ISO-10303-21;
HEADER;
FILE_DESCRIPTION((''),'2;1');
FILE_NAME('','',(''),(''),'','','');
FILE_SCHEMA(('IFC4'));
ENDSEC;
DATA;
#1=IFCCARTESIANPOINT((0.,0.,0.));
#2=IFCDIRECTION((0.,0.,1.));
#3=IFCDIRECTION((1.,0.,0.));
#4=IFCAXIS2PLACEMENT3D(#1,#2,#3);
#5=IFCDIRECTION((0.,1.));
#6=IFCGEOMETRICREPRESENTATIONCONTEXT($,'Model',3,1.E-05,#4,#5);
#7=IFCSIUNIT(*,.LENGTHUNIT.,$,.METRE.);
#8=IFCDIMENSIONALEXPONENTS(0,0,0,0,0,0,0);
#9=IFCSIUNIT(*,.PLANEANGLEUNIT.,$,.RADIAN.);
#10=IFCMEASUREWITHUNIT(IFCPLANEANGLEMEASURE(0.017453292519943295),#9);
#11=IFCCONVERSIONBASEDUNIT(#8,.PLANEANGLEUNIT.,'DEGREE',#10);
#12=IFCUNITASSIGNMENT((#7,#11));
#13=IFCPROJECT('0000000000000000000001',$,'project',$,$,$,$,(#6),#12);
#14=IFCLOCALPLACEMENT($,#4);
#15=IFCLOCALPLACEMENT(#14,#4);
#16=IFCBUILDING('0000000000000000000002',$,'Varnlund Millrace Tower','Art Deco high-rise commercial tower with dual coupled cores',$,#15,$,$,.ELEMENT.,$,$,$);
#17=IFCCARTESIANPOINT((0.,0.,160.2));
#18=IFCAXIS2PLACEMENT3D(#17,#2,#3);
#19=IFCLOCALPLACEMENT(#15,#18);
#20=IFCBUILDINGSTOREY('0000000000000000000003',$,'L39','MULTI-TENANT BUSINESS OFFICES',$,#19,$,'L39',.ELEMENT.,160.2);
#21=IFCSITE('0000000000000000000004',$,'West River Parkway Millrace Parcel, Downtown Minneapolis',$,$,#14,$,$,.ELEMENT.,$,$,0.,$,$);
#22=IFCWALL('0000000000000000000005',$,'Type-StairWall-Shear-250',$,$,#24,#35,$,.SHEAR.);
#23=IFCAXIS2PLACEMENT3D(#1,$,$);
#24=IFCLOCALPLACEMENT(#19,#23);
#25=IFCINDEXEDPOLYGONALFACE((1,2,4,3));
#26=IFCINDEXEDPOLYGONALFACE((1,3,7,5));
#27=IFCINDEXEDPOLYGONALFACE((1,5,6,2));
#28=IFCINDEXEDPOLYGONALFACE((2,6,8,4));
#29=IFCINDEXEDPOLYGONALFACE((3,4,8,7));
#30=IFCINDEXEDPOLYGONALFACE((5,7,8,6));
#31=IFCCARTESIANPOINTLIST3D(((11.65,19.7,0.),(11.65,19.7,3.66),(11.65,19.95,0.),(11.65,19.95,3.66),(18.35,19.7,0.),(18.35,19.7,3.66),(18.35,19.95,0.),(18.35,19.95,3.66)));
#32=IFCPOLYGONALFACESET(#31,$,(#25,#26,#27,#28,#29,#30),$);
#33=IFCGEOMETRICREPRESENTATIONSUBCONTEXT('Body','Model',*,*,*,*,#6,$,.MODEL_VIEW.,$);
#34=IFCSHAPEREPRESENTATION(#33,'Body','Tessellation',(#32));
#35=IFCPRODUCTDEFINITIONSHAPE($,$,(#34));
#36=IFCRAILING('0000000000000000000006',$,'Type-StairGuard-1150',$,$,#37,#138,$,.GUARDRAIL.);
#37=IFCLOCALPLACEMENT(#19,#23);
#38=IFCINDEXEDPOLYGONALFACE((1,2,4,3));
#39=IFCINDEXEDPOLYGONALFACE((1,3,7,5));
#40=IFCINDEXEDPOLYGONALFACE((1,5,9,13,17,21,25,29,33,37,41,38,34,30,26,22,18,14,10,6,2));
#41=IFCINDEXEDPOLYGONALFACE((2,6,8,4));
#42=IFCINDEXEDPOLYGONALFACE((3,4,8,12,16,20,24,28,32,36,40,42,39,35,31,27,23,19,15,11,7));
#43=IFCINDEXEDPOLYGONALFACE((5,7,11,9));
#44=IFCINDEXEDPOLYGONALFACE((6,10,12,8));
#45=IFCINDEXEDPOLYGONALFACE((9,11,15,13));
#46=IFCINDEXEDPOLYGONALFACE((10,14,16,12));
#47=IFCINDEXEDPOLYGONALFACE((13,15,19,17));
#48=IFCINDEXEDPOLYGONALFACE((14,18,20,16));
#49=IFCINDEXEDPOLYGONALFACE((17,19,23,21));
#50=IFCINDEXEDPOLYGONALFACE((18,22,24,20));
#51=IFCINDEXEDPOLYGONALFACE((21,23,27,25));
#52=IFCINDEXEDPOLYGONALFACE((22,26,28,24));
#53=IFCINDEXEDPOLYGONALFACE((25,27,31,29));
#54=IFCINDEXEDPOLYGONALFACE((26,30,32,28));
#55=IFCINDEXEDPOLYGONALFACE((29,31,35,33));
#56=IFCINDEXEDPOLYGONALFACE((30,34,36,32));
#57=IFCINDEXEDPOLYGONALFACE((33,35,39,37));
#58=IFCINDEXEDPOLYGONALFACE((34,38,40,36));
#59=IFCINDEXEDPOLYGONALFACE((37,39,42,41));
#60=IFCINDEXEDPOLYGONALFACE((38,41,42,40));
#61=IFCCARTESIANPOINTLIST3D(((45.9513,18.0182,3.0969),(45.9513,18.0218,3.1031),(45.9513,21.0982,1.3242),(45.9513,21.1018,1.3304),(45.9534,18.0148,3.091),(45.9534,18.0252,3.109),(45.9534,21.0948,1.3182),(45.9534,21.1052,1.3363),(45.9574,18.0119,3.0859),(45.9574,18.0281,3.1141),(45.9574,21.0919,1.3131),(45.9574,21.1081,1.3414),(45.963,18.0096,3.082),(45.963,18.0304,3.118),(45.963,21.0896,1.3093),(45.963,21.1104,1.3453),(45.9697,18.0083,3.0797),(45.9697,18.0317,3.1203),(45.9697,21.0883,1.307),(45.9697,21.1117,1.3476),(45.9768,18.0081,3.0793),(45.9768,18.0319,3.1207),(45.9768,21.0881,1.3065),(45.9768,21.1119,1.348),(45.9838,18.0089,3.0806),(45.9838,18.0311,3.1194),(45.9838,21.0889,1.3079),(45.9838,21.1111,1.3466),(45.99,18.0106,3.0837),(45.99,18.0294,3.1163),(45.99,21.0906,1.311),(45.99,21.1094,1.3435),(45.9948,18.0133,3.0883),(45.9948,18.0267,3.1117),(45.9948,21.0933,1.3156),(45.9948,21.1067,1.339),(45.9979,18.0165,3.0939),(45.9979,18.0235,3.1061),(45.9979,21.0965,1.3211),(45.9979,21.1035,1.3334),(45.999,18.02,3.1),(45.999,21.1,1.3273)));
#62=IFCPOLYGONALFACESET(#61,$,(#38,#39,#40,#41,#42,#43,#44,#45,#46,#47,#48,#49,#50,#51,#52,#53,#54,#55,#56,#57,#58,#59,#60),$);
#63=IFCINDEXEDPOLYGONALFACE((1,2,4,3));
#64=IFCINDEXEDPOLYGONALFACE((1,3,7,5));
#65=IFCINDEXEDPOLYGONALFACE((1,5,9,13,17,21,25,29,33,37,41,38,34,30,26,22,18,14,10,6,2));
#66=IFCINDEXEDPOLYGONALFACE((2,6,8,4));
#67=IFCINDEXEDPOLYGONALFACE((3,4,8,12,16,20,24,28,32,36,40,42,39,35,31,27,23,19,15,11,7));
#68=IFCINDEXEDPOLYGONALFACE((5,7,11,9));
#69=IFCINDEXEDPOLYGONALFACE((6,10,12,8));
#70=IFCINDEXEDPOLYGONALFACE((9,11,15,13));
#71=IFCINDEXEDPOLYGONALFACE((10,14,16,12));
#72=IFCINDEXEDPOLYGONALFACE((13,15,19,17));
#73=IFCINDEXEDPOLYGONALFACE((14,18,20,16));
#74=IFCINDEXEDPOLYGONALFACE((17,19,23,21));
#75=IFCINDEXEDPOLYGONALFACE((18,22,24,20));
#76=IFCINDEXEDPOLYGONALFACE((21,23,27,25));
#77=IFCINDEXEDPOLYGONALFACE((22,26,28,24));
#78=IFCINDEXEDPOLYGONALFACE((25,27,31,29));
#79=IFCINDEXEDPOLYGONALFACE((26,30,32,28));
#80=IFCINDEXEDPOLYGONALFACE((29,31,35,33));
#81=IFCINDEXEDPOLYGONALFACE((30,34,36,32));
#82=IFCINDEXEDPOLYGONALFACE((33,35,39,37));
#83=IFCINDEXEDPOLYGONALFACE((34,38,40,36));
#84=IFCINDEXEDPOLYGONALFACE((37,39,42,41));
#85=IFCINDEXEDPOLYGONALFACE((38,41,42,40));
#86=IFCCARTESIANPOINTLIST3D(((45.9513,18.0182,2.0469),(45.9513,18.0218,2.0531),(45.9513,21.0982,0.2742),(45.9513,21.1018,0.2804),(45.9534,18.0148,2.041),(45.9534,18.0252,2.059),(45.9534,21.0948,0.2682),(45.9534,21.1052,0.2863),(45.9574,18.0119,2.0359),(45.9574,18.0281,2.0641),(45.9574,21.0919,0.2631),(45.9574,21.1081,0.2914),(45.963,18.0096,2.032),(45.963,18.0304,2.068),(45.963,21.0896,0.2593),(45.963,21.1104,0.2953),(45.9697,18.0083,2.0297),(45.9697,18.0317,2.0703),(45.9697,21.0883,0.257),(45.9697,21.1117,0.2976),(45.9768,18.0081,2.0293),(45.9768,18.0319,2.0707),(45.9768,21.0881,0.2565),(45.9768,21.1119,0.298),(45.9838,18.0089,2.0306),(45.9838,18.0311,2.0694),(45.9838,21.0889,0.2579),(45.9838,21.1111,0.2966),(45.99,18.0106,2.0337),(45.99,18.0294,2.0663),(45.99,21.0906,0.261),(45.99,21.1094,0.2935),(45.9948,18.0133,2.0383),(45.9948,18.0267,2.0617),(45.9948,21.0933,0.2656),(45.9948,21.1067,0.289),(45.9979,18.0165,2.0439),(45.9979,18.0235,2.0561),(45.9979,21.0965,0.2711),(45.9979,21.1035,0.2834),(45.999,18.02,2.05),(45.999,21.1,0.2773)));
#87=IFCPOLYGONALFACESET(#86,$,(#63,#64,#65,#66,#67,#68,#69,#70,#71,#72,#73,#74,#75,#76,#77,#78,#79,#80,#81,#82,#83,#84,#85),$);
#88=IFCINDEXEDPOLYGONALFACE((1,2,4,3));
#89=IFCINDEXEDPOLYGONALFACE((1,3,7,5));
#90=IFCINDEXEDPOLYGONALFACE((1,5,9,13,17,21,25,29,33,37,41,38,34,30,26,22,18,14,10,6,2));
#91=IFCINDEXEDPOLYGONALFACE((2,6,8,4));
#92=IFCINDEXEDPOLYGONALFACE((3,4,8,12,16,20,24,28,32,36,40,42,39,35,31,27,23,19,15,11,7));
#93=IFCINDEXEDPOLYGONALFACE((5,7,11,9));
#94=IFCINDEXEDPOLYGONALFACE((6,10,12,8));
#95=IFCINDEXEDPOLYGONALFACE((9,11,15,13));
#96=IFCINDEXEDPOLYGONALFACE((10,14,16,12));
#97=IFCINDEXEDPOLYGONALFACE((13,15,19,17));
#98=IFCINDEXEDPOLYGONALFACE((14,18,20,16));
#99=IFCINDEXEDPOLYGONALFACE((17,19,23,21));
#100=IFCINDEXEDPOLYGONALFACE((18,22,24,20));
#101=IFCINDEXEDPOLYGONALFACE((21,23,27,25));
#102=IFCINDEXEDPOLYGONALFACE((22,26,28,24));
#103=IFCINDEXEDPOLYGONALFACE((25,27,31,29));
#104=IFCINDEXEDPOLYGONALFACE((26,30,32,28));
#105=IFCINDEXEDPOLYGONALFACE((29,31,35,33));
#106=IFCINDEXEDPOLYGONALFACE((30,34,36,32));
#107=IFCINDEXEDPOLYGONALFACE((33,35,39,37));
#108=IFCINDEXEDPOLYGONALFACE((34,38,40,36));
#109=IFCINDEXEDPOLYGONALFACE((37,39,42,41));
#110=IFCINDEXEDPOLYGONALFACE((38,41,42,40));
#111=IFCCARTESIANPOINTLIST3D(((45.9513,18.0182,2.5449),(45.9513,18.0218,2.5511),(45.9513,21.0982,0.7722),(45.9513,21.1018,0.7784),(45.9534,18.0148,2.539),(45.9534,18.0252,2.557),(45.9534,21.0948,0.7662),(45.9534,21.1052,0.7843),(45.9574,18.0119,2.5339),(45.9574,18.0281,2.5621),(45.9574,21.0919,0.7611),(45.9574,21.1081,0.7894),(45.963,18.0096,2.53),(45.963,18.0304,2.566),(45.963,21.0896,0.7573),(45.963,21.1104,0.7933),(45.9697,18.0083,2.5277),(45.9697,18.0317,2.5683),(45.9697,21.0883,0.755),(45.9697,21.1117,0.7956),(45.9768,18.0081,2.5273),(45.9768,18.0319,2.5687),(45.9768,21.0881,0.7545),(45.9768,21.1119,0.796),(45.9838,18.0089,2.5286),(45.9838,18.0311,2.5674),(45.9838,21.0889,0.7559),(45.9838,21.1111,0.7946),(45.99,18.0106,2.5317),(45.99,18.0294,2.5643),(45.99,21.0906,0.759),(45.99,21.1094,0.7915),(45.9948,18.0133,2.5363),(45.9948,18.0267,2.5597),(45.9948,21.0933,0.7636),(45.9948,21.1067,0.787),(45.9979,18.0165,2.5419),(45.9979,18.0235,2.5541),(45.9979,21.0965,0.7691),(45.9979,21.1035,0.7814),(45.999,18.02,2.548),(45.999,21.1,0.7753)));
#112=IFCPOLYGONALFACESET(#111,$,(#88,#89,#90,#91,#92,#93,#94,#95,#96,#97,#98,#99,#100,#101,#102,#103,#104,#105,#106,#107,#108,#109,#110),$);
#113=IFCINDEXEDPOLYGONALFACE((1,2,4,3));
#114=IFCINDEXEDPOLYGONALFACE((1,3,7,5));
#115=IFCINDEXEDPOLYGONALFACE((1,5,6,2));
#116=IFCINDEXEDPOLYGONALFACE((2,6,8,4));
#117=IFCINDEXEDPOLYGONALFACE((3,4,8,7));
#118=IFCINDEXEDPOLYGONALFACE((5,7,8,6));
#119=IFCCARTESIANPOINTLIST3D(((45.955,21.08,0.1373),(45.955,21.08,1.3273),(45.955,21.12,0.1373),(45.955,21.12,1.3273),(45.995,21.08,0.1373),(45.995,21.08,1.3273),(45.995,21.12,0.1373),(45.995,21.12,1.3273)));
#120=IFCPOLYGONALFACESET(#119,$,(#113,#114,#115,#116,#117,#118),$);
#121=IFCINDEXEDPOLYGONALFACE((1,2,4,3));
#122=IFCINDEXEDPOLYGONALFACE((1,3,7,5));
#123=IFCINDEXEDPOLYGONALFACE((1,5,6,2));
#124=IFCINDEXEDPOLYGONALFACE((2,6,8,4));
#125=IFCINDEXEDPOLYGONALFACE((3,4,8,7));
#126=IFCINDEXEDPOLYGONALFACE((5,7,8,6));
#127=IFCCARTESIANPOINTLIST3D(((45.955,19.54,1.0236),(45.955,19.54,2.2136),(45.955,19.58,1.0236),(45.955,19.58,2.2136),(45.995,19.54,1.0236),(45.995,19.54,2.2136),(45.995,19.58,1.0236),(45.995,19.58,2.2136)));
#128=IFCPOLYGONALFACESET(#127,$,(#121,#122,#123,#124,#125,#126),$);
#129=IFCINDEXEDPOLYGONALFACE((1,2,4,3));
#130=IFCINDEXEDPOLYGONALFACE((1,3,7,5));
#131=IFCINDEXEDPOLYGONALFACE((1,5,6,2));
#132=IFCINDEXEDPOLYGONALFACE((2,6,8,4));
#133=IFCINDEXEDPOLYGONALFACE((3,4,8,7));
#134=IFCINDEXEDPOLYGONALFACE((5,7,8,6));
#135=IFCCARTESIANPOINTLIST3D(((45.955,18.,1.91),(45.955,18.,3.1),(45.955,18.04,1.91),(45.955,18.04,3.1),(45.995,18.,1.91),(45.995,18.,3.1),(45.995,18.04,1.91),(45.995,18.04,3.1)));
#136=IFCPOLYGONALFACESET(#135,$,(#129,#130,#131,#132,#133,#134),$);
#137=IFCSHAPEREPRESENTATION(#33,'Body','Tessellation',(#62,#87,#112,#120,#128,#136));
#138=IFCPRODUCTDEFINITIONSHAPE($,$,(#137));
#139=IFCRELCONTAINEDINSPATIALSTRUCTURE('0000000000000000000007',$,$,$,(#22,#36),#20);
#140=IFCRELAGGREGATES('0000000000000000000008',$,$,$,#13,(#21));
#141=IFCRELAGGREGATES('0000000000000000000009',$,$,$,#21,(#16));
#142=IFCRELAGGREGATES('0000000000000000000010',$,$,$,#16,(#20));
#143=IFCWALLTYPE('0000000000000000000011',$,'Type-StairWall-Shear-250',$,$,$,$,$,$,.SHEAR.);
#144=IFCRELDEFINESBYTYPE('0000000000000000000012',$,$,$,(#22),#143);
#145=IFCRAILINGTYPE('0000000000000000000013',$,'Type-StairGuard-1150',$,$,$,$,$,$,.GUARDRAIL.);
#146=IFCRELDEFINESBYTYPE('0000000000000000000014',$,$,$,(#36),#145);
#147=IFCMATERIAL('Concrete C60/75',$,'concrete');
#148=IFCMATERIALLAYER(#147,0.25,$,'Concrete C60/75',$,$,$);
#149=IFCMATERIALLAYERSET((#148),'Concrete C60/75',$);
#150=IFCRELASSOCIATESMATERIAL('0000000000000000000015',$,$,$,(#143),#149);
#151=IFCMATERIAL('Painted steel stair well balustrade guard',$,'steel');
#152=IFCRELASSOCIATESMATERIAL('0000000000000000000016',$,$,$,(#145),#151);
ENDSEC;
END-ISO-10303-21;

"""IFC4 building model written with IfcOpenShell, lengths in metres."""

from ifc_helpers import new_model, entity, si_unit, converted_unit, direction, frame, origin_with_axes, origin_2d_with_axis, place, context, subcontext, project, spatial, polyline, rectangle, circle, outline, extrude, material, layer, layer_set, type_object, element, save


model = new_model("IFC4")

# Units and contexts
model_context = context("Model", 3, precision=1e-05, world=origin_with_axes(), true_north=direction((0.0, 1.0)))
body_context = subcontext(model_context, "Body", "Model", "MODEL_VIEW")
ifc_project = project(units=[si_unit("LENGTHUNIT", "METRE"), converted_unit("PLANEANGLEUNIT", "DEGREE", entity("IfcPlaneAngleMeasure", 0.017453292519943295), si_unit("PLANEANGLEUNIT", "RADIAN"), dimensions=[0, 0, 0, 0, 0, 0, 0])], contexts=[model_context])

# Site, building, storey
site_placement = place(None, origin_with_axes())
site = spatial("IfcSite", under=ifc_project, at=site_placement, Name="West River Parkway Millrace Parcel, Downtown Minneapolis", CompositionType="ELEMENT", RefElevation=0.0)
building_placement = place(site_placement, origin_with_axes())
building = spatial("IfcBuilding", under=site, at=building_placement, Name="Varnlund Millrace Tower", Description="Art Deco high-rise commercial tower with dual coupled cores", CompositionType="ELEMENT")
storey_placement = place(building_placement, frame((0.0, 0.0, 160.2), z_axis=(0.0, 0.0, 1.0), x_axis=(1.0, 0.0, 0.0)))
storey = spatial("IfcBuildingStorey", under=building, at=storey_placement, Name="L39", Description="MULTI-TENANT BUSINESS OFFICES", LongName="L39", CompositionType="ELEMENT", Elevation=160.2)

# Shared definitions
ifc_material_1 = material(Name="Concrete C60/75", Category="concrete")

# Wall
ifc_layer_1 = layer(ifc_material_1, 0.25, Name="Concrete C60/75")
ifc_layer_set_1 = layer_set([ifc_layer_1], Name="Concrete C60/75")
wall_type_1 = type_object("IfcWallType", Name="Type-StairWall-Shear-250", PredefinedType="SHEAR", material=ifc_layer_set_1)
wall_1_placement = place(storey_placement, frame((11.65, 19.825, 0.0), z_axis=(0.0, 0.0, 1.0), x_axis=(1.0, 0.0, 0.0)))
element("IfcWall", 1, at=wall_1_placement, inside=storey, type_object=wall_type_1, Name="Type-StairWall-Shear-250", PredefinedType="SHEAR", context=body_context, shape_type="SweptSolid", body=[
    extrude(outline(polyline([(0.0, -0.125), (6.7, -0.125), (6.7, 0.125), (0.0, 0.125), (0.0, -0.125)])), origin_with_axes(), (0.0, 0.0, 1.0), 3.66),
])

# Railing
ifc_material_2 = material(Name="Painted steel stair well balustrade guard", Category="steel")
railing_type_1 = type_object("IfcRailingType", Name="Type-StairGuard-1150", PredefinedType="GUARDRAIL", material=ifc_material_2)
railing_1_placement = place(storey_placement, frame((0.0, 0.0, -160.2), z_axis=(0.0, 0.0, 1.0), x_axis=(1.0, 0.0, 0.0)))
element("IfcRailing", 2, at=railing_1_placement, inside=storey, type_object=railing_type_1, Name="Type-StairGuard-1150", PredefinedType="GUARDRAIL", context=body_context, shape_type="SweptSolid", body=[
    extrude(circle(Radius=0.024, at=origin_2d_with_axis()), frame((45.975, 21.1, 161.5273), z_axis=(0.0, -0.866696, 0.498836), x_axis=(1.0, 0.0, 0.0)), (0.0, 0.0, 1.0), 3.5537),
    extrude(circle(Radius=0.024, at=origin_2d_with_axis()), frame((45.975, 21.1, 160.4773), z_axis=(0.0, -0.866696, 0.498836), x_axis=(1.0, 0.0, 0.0)), (0.0, 0.0, 1.0), 3.5537),
    extrude(circle(Radius=0.024, at=origin_2d_with_axis()), frame((45.975, 21.1, 160.9753), z_axis=(0.0, -0.866696, 0.498836), x_axis=(1.0, 0.0, 0.0)), (0.0, 0.0, 1.0), 3.5537),
    extrude(rectangle(XDim=0.04, YDim=0.04, at=origin_2d_with_axis()), frame((45.975, 21.1, 160.3373), z_axis=(0.0, 0.0, 1.0), x_axis=(1.0, 0.0, 0.0)), (0.0, 0.0, 1.0), 1.19),
    extrude(rectangle(XDim=0.04, YDim=0.04, at=origin_2d_with_axis()), frame((45.975, 19.56, 161.2236), z_axis=(0.0, 0.0, 1.0), x_axis=(1.0, 0.0, 0.0)), (0.0, 0.0, 1.0), 1.19),
    extrude(rectangle(XDim=0.04, YDim=0.04, at=origin_2d_with_axis()), frame((45.975, 18.02, 162.11), z_axis=(0.0, 0.0, 1.0), x_axis=(1.0, 0.0, 0.0)), (0.0, 0.0, 1.0), 1.19),
])

save(model, "model.ifc")
